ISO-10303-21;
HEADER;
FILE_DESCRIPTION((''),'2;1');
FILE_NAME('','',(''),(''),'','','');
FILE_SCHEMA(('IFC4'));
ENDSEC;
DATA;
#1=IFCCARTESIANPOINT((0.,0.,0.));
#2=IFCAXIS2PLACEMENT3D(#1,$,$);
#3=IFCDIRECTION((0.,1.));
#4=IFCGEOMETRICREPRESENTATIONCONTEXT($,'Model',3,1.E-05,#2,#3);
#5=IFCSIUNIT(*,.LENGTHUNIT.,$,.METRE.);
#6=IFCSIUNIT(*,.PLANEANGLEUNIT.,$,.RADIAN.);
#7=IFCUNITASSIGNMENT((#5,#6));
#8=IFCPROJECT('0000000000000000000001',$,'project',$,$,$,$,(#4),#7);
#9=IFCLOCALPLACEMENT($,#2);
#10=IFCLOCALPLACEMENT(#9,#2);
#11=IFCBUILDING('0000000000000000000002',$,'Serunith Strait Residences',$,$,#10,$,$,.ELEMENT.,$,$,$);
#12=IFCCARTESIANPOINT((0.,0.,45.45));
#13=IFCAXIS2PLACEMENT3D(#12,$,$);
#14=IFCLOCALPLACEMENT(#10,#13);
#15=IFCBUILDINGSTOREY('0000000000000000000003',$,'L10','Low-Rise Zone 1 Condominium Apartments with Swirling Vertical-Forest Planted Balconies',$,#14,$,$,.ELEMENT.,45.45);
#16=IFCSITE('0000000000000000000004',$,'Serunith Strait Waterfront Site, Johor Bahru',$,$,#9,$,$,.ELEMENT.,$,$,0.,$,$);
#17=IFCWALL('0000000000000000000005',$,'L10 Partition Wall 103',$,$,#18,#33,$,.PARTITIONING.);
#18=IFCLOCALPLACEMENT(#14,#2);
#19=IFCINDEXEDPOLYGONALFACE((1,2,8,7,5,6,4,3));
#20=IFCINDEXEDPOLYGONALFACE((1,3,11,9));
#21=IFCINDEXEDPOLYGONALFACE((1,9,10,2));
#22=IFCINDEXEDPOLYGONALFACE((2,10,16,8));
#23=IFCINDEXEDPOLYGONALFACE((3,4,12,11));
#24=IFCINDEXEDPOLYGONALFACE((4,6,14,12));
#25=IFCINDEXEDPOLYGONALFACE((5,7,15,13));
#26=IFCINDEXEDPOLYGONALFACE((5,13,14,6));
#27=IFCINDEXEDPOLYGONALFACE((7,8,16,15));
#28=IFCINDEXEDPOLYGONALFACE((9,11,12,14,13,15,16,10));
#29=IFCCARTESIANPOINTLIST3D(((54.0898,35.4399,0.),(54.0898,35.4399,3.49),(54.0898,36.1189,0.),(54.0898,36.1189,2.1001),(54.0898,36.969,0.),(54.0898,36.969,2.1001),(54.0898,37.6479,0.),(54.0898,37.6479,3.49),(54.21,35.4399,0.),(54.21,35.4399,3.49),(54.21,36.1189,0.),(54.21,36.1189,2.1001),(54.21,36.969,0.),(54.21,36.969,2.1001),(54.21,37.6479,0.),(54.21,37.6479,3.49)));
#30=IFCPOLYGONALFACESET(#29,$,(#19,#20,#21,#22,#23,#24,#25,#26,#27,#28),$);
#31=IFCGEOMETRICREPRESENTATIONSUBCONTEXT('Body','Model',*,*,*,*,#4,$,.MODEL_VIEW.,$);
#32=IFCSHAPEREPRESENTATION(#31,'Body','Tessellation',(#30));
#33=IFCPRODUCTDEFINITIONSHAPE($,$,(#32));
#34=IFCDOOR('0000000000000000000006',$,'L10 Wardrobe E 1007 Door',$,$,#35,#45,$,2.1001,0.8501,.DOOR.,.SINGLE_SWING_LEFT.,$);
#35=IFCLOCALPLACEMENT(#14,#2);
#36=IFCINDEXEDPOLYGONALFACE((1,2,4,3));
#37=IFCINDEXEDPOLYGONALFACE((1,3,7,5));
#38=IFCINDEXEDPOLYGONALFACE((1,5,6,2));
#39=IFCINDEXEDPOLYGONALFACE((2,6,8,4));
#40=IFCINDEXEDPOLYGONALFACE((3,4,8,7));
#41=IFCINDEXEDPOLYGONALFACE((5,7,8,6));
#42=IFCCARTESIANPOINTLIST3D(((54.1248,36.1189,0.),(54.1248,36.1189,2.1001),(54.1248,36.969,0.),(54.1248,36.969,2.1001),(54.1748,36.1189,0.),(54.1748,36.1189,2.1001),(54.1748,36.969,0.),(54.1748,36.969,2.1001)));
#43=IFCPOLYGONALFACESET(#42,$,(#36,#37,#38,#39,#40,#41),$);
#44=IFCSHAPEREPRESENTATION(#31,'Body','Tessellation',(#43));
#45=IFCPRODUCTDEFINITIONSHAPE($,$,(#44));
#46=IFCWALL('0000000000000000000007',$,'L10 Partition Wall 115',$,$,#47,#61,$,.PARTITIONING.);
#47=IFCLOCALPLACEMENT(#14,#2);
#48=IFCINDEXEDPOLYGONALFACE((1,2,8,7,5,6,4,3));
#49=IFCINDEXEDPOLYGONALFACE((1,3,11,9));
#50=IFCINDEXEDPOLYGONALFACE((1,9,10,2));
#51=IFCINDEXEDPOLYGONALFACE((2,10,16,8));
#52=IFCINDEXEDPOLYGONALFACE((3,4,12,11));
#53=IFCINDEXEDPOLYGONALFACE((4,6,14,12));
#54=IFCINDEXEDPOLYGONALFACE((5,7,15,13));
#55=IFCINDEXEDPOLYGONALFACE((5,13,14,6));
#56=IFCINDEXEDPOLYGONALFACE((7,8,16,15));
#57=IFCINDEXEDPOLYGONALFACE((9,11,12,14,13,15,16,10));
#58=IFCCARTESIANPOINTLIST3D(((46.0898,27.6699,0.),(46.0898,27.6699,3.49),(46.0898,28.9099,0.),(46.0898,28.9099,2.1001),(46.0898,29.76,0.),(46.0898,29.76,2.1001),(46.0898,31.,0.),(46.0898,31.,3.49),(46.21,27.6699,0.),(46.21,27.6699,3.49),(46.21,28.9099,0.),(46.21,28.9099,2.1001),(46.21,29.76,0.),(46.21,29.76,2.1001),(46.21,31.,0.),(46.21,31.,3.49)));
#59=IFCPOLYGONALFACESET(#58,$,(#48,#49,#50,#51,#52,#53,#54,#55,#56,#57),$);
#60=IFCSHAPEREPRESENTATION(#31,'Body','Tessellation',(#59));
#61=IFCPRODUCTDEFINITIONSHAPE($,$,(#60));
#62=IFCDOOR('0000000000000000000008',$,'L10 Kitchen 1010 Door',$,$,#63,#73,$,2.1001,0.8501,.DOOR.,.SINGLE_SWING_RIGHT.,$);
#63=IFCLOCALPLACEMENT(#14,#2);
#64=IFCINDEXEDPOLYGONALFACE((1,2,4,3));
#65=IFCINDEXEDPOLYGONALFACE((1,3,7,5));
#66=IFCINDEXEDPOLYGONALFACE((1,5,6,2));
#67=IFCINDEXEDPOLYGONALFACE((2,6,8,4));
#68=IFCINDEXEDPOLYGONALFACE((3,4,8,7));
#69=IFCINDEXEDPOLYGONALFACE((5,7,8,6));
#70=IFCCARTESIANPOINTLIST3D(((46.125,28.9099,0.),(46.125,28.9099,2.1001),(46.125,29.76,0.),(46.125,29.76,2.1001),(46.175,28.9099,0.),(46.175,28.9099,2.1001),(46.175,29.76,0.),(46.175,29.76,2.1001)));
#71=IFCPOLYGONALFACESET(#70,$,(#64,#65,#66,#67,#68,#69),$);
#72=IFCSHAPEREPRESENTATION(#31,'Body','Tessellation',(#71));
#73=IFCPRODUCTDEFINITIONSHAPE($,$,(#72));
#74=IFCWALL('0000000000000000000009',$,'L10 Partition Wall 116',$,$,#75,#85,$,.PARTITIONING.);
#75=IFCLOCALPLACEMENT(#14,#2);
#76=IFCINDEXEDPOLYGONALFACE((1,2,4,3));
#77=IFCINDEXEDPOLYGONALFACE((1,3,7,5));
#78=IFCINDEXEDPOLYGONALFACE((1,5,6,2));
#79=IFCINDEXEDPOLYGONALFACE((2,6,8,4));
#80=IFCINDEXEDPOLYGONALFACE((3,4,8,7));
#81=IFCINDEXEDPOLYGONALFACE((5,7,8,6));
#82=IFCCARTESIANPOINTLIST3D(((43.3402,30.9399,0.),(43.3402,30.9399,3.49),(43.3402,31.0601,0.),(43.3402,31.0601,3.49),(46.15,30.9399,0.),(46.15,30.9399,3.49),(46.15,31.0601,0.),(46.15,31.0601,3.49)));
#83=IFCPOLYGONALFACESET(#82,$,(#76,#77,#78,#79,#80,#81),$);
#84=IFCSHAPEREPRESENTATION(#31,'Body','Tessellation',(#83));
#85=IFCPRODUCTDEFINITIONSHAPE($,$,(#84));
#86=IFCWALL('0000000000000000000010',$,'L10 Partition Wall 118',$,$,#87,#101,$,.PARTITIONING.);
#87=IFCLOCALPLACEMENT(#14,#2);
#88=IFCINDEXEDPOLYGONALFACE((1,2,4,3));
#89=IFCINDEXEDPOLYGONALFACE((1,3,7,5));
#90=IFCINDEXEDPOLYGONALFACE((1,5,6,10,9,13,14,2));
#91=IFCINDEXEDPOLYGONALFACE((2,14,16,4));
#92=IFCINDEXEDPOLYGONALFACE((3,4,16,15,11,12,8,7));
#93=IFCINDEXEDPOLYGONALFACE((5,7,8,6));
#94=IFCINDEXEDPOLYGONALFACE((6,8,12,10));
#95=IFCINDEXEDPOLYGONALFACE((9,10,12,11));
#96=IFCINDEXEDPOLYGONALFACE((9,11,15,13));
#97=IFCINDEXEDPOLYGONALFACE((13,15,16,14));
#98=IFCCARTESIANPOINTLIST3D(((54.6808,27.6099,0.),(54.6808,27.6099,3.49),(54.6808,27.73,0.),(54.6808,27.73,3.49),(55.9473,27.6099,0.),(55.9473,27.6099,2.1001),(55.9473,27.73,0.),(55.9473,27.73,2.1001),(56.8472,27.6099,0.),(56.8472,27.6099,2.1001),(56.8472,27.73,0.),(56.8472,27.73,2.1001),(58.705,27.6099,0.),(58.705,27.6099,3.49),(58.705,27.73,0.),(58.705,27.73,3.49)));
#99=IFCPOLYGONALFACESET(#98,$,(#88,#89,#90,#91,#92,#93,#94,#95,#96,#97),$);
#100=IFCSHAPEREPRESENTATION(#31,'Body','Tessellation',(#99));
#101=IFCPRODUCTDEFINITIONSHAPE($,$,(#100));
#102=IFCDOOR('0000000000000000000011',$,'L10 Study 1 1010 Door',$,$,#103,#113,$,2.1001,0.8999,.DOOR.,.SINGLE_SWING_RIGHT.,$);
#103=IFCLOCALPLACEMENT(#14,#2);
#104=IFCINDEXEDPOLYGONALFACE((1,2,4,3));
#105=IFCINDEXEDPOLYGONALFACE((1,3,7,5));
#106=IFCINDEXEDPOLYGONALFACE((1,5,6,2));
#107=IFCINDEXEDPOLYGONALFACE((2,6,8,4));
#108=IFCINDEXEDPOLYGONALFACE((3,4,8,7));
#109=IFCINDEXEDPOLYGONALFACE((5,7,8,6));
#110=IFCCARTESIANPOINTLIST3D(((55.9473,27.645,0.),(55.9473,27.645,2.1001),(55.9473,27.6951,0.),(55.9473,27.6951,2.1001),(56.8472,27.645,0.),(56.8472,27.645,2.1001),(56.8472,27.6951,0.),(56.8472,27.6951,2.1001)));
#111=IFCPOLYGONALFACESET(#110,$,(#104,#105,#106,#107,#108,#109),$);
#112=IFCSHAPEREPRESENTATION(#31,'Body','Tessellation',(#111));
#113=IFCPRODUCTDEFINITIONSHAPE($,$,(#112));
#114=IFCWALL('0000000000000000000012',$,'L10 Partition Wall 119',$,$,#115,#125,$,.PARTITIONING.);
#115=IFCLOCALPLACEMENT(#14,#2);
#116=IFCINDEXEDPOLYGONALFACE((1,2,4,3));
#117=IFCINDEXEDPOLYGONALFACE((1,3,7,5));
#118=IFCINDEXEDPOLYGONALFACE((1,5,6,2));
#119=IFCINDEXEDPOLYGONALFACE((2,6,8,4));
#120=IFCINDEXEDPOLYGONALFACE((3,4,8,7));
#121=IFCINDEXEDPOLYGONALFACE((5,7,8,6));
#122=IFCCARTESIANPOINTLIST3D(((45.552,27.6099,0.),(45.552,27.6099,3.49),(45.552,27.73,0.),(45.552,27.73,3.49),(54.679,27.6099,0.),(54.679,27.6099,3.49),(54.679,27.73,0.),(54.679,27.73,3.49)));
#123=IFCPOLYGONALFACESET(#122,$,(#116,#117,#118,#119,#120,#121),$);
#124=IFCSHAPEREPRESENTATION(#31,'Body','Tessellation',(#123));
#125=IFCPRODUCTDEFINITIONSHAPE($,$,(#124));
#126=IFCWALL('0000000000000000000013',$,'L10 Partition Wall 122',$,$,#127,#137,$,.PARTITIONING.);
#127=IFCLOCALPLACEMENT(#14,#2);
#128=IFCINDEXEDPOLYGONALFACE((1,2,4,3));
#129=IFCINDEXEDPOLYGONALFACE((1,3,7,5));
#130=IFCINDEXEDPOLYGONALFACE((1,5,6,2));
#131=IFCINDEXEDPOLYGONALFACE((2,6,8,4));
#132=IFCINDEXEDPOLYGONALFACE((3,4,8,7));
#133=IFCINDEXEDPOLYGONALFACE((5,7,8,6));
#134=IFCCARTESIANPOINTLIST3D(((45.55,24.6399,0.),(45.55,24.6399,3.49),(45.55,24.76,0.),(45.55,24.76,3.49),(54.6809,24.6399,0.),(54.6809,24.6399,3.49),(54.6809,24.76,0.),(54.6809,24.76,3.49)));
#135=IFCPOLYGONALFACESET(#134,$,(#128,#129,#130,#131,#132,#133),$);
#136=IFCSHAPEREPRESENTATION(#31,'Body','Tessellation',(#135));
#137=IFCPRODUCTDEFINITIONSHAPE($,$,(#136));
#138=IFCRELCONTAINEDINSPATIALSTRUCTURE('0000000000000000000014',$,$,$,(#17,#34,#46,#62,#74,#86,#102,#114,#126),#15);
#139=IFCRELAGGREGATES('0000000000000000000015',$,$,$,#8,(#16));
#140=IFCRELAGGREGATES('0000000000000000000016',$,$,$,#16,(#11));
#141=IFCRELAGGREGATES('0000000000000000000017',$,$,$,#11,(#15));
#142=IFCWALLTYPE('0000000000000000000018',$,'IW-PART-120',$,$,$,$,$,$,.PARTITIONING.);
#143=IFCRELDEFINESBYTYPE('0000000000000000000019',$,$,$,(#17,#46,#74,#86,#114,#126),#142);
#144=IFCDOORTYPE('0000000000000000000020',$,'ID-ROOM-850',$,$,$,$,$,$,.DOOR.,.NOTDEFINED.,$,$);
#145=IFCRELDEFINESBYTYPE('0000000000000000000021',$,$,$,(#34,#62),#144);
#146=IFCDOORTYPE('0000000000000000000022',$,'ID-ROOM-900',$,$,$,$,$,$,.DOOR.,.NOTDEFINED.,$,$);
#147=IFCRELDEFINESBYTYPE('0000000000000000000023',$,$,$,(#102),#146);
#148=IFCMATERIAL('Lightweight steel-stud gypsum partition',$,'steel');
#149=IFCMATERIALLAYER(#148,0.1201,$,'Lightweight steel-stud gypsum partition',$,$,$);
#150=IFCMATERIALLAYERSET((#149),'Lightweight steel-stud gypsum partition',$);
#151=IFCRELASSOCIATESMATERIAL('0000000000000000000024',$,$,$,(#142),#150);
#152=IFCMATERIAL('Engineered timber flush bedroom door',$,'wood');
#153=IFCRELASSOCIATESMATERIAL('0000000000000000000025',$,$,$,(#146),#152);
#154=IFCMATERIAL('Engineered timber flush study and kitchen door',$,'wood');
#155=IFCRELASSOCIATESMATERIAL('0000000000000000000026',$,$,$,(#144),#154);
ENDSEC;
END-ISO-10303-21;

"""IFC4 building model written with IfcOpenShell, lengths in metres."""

from ifc_helpers import new_model, si_unit, direction, frame, frame_2d, origin, place, context, subcontext, project, spatial, rectangle, extrude, source, transform, mapped, material, layer, layer_set, type_object, element, fill, save


model = new_model("IFC4")

# Units and contexts
model_context = context("Model", 3, precision=1e-05, world=origin(), true_north=direction((0.0, 1.0)))
body_context = subcontext(model_context, "Body", "Model", "MODEL_VIEW")
ifc_project = project(units=[si_unit("LENGTHUNIT", "METRE"), si_unit("PLANEANGLEUNIT", "RADIAN")], contexts=[model_context])

# Site, building, storey
site_placement = place(None, origin())
site = spatial("IfcSite", under=ifc_project, at=site_placement, Name="Serunith Strait Waterfront Site, Johor Bahru", CompositionType="ELEMENT", RefElevation=0.0)
building_placement = place(site_placement, origin())
building = spatial("IfcBuilding", under=site, at=building_placement, Name="Serunith Strait Residences", CompositionType="ELEMENT")
storey_placement = place(building_placement, frame((0.0, 0.0, 45.45)))
storey = spatial("IfcBuildingStorey", under=building, at=storey_placement, Name="L10", Description="Low-Rise Zone 1 Condominium Apartments with Swirling Vertical-Forest Planted Balconies", CompositionType="ELEMENT", Elevation=45.45)

# Shared definitions
ifc_material_1 = material(Name="Lightweight steel-stud gypsum partition", Category="steel")
ifc_layer_1 = layer(ifc_material_1, 0.1201, Name="Lightweight steel-stud gypsum partition")
ifc_layer_set_1 = layer_set([ifc_layer_1], Name="Lightweight steel-stud gypsum partition")
wall_type = type_object("IfcWallType", Name="IW-PART-120", PredefinedType="PARTITIONING", material=ifc_layer_set_1)
ifc_material_2 = material(Name="Engineered timber flush bedroom door", Category="wood")
door_type_1 = type_object("IfcDoorType", Name="ID-ROOM-900", OperationType="NOTDEFINED", PredefinedType="DOOR", material=ifc_material_2)
shared_shape_1 = source(origin(), body_context, "Body", "SweptSolid", [
    extrude(rectangle(XDim=0.8999, YDim=2.1001, at=frame_2d((0.45, 1.05))), frame((0.0, 0.0249, 0.0), z_axis=(0.0, -1.0, 0.0), x_axis=(1.0, 0.0, 0.0)), (0.0, 0.0, 1.0), 0.05),
])
shared_shape_2 = source(origin(), body_context, "Body", "SweptSolid", [
    extrude(rectangle(XDim=0.8501, YDim=2.1001, at=frame_2d((0.425, 1.05))), frame((0.0, 0.0249, 0.0), z_axis=(0.0, -1.0, 0.0), x_axis=(1.0, 0.0, 0.0)), (0.0, 0.0, 1.0), 0.05),
])
ifc_material_3 = material(Name="Engineered timber flush study and kitchen door", Category="wood")
door_type_2 = type_object("IfcDoorType", Name="ID-ROOM-850", OperationType="NOTDEFINED", PredefinedType="DOOR", material=ifc_material_3)

# Walls, openings, doors
wall_1_placement = place(storey_placement, frame((54.1499, 37.6479, 0.0), z_axis=(0.0, 0.0, 1.0), x_axis=(0.0, -1.0, 0.0)))
wall_1 = element("IfcWall", 1, at=wall_1_placement, inside=storey, type_object=wall_type, Name="L10 Partition Wall 103", PredefinedType="PARTITIONING", context=body_context, shape_type="SweptSolid", body=[
    extrude(rectangle(XDim=2.208, YDim=0.1201, at=frame_2d((1.104, 0.0))), origin(), (0.0, 0.0, 1.0), 3.49),
])
opening_1_placement = place(wall_1_placement, frame((0.679, 0.0, 0.0)))
opening_1 = element("IfcOpeningElement", 2, at=opening_1_placement, cuts=wall_1, PredefinedType="OPENING", context=body_context, shape_type="SweptSolid", body=[
    extrude(rectangle(XDim=0.8501, YDim=2.1001, at=frame_2d((0.425, 1.05))), frame((0.0, 0.0701, 0.0), z_axis=(0.0, -1.0, 0.0), x_axis=(1.0, 0.0, 0.0)), (0.0, 0.0, 1.0), 0.1401),
])
door_1_placement = place(opening_1_placement, origin())
door_1 = element("IfcDoor", 3, at=door_1_placement, inside=storey, type_object=door_type_2, Name="L10 Wardrobe E 1007 Door", OperationType="SINGLE_SWING_LEFT", OverallHeight=2.1001, OverallWidth=0.8501, PredefinedType="DOOR", context=body_context, shape_type="MappedRepresentation", body=[
    mapped(shared_shape_2, transform((0.0, 0.0, 0.0), scale=1.0)),
])
fill(opening_1, door_1)
wall_2_placement = place(storey_placement, frame((46.1499, 27.6699, 0.0), z_axis=(0.0, 0.0, 1.0), x_axis=(0.0, 1.0, 0.0)))
wall_2 = element("IfcWall", 4, at=wall_2_placement, inside=storey, type_object=wall_type, Name="L10 Partition Wall 115", PredefinedType="PARTITIONING", context=body_context, shape_type="SweptSolid", body=[
    extrude(rectangle(XDim=3.3301, YDim=0.1201, at=frame_2d((1.665, 0.0))), origin(), (0.0, 0.0, 1.0), 3.49),
])
opening_2_placement = place(wall_2_placement, frame((1.24, 0.0, 0.0)))
opening_2 = element("IfcOpeningElement", 5, at=opening_2_placement, cuts=wall_2, PredefinedType="OPENING", context=body_context, shape_type="SweptSolid", body=[
    extrude(rectangle(XDim=0.8501, YDim=2.1001, at=frame_2d((0.425, 1.05))), frame((0.0, 0.0701, 0.0), z_axis=(0.0, -1.0, 0.0), x_axis=(1.0, 0.0, 0.0)), (0.0, 0.0, 1.0), 0.1401),
])
door_2_placement = place(opening_2_placement, origin())
door_2 = element("IfcDoor", 6, at=door_2_placement, inside=storey, type_object=door_type_2, Name="L10 Kitchen 1010 Door", OperationType="SINGLE_SWING_RIGHT", OverallHeight=2.1001, OverallWidth=0.8501, PredefinedType="DOOR", context=body_context, shape_type="MappedRepresentation", body=[
    mapped(shared_shape_2, transform((0.0, 0.0, 0.0), scale=1.0)),
])
fill(opening_2, door_2)

# Wall
wall_3_placement = place(storey_placement, frame((46.1499, 31.0, 0.0), z_axis=(0.0, 0.0, 1.0), x_axis=(-1.0, 0.0, 0.0)))
element("IfcWall", 7, at=wall_3_placement, inside=storey, type_object=wall_type, Name="L10 Partition Wall 116", PredefinedType="PARTITIONING", context=body_context, shape_type="SweptSolid", body=[
    extrude(rectangle(XDim=2.8098, YDim=0.1201, at=frame_2d((1.4048, 0.0))), origin(), (0.0, 0.0, 1.0), 3.49),
])

# Wall, opening, door
wall_4_placement = place(storey_placement, frame((58.7051, 27.6699, 0.0), z_axis=(0.0, 0.0, 1.0), x_axis=(-1.0, 0.0, 0.0)))
wall_4 = element("IfcWall", 8, at=wall_4_placement, inside=storey, type_object=wall_type, Name="L10 Partition Wall 118", PredefinedType="PARTITIONING", context=body_context, shape_type="SweptSolid", body=[
    extrude(rectangle(XDim=4.0242, YDim=0.1201, at=frame_2d((2.0122, 0.0))), origin(), (0.0, 0.0, 1.0), 3.49),
])
opening_3_placement = place(wall_4_placement, frame((1.8579, 0.0, 0.0)))
opening_3 = element("IfcOpeningElement", 9, at=opening_3_placement, cuts=wall_4, PredefinedType="OPENING", context=body_context, shape_type="SweptSolid", body=[
    extrude(rectangle(XDim=0.8999, YDim=2.1001, at=frame_2d((0.45, 1.05))), frame((0.0, 0.0701, 0.0), z_axis=(0.0, -1.0, 0.0), x_axis=(1.0, 0.0, 0.0)), (0.0, 0.0, 1.0), 0.1401),
])
door_3_placement = place(opening_3_placement, origin())
door_3 = element("IfcDoor", 10, at=door_3_placement, inside=storey, type_object=door_type_1, Name="L10 Study 1 1010 Door", OperationType="SINGLE_SWING_RIGHT", OverallHeight=2.1001, OverallWidth=0.8999, PredefinedType="DOOR", context=body_context, shape_type="MappedRepresentation", body=[
    mapped(shared_shape_1, transform((0.0, 0.0, 0.0), scale=1.0)),
])
fill(opening_3, door_3)

# Walls
wall_5_placement = place(storey_placement, frame((54.679, 27.6699, 0.0), z_axis=(0.0, 0.0, 1.0), x_axis=(-1.0, 0.0, 0.0)))
element("IfcWall", 11, at=wall_5_placement, inside=storey, type_object=wall_type, Name="L10 Partition Wall 119", PredefinedType="PARTITIONING", context=body_context, shape_type="SweptSolid", body=[
    extrude(rectangle(XDim=9.127, YDim=0.1201, at=frame_2d((4.5635, 0.0))), origin(), (0.0, 0.0, 1.0), 3.49),
])
wall_6_placement = place(storey_placement, frame((54.6809, 24.7, 0.0), z_axis=(0.0, 0.0, 1.0), x_axis=(-1.0, 0.0, 0.0)))
element("IfcWall", 12, at=wall_6_placement, inside=storey, type_object=wall_type, Name="L10 Partition Wall 122", PredefinedType="PARTITIONING", context=body_context, shape_type="SweptSolid", body=[
    extrude(rectangle(XDim=9.1309, YDim=0.1201, at=frame_2d((4.5654, 0.0))), origin(), (0.0, 0.0, 1.0), 3.49),
])

save(model, "model.ifc")
